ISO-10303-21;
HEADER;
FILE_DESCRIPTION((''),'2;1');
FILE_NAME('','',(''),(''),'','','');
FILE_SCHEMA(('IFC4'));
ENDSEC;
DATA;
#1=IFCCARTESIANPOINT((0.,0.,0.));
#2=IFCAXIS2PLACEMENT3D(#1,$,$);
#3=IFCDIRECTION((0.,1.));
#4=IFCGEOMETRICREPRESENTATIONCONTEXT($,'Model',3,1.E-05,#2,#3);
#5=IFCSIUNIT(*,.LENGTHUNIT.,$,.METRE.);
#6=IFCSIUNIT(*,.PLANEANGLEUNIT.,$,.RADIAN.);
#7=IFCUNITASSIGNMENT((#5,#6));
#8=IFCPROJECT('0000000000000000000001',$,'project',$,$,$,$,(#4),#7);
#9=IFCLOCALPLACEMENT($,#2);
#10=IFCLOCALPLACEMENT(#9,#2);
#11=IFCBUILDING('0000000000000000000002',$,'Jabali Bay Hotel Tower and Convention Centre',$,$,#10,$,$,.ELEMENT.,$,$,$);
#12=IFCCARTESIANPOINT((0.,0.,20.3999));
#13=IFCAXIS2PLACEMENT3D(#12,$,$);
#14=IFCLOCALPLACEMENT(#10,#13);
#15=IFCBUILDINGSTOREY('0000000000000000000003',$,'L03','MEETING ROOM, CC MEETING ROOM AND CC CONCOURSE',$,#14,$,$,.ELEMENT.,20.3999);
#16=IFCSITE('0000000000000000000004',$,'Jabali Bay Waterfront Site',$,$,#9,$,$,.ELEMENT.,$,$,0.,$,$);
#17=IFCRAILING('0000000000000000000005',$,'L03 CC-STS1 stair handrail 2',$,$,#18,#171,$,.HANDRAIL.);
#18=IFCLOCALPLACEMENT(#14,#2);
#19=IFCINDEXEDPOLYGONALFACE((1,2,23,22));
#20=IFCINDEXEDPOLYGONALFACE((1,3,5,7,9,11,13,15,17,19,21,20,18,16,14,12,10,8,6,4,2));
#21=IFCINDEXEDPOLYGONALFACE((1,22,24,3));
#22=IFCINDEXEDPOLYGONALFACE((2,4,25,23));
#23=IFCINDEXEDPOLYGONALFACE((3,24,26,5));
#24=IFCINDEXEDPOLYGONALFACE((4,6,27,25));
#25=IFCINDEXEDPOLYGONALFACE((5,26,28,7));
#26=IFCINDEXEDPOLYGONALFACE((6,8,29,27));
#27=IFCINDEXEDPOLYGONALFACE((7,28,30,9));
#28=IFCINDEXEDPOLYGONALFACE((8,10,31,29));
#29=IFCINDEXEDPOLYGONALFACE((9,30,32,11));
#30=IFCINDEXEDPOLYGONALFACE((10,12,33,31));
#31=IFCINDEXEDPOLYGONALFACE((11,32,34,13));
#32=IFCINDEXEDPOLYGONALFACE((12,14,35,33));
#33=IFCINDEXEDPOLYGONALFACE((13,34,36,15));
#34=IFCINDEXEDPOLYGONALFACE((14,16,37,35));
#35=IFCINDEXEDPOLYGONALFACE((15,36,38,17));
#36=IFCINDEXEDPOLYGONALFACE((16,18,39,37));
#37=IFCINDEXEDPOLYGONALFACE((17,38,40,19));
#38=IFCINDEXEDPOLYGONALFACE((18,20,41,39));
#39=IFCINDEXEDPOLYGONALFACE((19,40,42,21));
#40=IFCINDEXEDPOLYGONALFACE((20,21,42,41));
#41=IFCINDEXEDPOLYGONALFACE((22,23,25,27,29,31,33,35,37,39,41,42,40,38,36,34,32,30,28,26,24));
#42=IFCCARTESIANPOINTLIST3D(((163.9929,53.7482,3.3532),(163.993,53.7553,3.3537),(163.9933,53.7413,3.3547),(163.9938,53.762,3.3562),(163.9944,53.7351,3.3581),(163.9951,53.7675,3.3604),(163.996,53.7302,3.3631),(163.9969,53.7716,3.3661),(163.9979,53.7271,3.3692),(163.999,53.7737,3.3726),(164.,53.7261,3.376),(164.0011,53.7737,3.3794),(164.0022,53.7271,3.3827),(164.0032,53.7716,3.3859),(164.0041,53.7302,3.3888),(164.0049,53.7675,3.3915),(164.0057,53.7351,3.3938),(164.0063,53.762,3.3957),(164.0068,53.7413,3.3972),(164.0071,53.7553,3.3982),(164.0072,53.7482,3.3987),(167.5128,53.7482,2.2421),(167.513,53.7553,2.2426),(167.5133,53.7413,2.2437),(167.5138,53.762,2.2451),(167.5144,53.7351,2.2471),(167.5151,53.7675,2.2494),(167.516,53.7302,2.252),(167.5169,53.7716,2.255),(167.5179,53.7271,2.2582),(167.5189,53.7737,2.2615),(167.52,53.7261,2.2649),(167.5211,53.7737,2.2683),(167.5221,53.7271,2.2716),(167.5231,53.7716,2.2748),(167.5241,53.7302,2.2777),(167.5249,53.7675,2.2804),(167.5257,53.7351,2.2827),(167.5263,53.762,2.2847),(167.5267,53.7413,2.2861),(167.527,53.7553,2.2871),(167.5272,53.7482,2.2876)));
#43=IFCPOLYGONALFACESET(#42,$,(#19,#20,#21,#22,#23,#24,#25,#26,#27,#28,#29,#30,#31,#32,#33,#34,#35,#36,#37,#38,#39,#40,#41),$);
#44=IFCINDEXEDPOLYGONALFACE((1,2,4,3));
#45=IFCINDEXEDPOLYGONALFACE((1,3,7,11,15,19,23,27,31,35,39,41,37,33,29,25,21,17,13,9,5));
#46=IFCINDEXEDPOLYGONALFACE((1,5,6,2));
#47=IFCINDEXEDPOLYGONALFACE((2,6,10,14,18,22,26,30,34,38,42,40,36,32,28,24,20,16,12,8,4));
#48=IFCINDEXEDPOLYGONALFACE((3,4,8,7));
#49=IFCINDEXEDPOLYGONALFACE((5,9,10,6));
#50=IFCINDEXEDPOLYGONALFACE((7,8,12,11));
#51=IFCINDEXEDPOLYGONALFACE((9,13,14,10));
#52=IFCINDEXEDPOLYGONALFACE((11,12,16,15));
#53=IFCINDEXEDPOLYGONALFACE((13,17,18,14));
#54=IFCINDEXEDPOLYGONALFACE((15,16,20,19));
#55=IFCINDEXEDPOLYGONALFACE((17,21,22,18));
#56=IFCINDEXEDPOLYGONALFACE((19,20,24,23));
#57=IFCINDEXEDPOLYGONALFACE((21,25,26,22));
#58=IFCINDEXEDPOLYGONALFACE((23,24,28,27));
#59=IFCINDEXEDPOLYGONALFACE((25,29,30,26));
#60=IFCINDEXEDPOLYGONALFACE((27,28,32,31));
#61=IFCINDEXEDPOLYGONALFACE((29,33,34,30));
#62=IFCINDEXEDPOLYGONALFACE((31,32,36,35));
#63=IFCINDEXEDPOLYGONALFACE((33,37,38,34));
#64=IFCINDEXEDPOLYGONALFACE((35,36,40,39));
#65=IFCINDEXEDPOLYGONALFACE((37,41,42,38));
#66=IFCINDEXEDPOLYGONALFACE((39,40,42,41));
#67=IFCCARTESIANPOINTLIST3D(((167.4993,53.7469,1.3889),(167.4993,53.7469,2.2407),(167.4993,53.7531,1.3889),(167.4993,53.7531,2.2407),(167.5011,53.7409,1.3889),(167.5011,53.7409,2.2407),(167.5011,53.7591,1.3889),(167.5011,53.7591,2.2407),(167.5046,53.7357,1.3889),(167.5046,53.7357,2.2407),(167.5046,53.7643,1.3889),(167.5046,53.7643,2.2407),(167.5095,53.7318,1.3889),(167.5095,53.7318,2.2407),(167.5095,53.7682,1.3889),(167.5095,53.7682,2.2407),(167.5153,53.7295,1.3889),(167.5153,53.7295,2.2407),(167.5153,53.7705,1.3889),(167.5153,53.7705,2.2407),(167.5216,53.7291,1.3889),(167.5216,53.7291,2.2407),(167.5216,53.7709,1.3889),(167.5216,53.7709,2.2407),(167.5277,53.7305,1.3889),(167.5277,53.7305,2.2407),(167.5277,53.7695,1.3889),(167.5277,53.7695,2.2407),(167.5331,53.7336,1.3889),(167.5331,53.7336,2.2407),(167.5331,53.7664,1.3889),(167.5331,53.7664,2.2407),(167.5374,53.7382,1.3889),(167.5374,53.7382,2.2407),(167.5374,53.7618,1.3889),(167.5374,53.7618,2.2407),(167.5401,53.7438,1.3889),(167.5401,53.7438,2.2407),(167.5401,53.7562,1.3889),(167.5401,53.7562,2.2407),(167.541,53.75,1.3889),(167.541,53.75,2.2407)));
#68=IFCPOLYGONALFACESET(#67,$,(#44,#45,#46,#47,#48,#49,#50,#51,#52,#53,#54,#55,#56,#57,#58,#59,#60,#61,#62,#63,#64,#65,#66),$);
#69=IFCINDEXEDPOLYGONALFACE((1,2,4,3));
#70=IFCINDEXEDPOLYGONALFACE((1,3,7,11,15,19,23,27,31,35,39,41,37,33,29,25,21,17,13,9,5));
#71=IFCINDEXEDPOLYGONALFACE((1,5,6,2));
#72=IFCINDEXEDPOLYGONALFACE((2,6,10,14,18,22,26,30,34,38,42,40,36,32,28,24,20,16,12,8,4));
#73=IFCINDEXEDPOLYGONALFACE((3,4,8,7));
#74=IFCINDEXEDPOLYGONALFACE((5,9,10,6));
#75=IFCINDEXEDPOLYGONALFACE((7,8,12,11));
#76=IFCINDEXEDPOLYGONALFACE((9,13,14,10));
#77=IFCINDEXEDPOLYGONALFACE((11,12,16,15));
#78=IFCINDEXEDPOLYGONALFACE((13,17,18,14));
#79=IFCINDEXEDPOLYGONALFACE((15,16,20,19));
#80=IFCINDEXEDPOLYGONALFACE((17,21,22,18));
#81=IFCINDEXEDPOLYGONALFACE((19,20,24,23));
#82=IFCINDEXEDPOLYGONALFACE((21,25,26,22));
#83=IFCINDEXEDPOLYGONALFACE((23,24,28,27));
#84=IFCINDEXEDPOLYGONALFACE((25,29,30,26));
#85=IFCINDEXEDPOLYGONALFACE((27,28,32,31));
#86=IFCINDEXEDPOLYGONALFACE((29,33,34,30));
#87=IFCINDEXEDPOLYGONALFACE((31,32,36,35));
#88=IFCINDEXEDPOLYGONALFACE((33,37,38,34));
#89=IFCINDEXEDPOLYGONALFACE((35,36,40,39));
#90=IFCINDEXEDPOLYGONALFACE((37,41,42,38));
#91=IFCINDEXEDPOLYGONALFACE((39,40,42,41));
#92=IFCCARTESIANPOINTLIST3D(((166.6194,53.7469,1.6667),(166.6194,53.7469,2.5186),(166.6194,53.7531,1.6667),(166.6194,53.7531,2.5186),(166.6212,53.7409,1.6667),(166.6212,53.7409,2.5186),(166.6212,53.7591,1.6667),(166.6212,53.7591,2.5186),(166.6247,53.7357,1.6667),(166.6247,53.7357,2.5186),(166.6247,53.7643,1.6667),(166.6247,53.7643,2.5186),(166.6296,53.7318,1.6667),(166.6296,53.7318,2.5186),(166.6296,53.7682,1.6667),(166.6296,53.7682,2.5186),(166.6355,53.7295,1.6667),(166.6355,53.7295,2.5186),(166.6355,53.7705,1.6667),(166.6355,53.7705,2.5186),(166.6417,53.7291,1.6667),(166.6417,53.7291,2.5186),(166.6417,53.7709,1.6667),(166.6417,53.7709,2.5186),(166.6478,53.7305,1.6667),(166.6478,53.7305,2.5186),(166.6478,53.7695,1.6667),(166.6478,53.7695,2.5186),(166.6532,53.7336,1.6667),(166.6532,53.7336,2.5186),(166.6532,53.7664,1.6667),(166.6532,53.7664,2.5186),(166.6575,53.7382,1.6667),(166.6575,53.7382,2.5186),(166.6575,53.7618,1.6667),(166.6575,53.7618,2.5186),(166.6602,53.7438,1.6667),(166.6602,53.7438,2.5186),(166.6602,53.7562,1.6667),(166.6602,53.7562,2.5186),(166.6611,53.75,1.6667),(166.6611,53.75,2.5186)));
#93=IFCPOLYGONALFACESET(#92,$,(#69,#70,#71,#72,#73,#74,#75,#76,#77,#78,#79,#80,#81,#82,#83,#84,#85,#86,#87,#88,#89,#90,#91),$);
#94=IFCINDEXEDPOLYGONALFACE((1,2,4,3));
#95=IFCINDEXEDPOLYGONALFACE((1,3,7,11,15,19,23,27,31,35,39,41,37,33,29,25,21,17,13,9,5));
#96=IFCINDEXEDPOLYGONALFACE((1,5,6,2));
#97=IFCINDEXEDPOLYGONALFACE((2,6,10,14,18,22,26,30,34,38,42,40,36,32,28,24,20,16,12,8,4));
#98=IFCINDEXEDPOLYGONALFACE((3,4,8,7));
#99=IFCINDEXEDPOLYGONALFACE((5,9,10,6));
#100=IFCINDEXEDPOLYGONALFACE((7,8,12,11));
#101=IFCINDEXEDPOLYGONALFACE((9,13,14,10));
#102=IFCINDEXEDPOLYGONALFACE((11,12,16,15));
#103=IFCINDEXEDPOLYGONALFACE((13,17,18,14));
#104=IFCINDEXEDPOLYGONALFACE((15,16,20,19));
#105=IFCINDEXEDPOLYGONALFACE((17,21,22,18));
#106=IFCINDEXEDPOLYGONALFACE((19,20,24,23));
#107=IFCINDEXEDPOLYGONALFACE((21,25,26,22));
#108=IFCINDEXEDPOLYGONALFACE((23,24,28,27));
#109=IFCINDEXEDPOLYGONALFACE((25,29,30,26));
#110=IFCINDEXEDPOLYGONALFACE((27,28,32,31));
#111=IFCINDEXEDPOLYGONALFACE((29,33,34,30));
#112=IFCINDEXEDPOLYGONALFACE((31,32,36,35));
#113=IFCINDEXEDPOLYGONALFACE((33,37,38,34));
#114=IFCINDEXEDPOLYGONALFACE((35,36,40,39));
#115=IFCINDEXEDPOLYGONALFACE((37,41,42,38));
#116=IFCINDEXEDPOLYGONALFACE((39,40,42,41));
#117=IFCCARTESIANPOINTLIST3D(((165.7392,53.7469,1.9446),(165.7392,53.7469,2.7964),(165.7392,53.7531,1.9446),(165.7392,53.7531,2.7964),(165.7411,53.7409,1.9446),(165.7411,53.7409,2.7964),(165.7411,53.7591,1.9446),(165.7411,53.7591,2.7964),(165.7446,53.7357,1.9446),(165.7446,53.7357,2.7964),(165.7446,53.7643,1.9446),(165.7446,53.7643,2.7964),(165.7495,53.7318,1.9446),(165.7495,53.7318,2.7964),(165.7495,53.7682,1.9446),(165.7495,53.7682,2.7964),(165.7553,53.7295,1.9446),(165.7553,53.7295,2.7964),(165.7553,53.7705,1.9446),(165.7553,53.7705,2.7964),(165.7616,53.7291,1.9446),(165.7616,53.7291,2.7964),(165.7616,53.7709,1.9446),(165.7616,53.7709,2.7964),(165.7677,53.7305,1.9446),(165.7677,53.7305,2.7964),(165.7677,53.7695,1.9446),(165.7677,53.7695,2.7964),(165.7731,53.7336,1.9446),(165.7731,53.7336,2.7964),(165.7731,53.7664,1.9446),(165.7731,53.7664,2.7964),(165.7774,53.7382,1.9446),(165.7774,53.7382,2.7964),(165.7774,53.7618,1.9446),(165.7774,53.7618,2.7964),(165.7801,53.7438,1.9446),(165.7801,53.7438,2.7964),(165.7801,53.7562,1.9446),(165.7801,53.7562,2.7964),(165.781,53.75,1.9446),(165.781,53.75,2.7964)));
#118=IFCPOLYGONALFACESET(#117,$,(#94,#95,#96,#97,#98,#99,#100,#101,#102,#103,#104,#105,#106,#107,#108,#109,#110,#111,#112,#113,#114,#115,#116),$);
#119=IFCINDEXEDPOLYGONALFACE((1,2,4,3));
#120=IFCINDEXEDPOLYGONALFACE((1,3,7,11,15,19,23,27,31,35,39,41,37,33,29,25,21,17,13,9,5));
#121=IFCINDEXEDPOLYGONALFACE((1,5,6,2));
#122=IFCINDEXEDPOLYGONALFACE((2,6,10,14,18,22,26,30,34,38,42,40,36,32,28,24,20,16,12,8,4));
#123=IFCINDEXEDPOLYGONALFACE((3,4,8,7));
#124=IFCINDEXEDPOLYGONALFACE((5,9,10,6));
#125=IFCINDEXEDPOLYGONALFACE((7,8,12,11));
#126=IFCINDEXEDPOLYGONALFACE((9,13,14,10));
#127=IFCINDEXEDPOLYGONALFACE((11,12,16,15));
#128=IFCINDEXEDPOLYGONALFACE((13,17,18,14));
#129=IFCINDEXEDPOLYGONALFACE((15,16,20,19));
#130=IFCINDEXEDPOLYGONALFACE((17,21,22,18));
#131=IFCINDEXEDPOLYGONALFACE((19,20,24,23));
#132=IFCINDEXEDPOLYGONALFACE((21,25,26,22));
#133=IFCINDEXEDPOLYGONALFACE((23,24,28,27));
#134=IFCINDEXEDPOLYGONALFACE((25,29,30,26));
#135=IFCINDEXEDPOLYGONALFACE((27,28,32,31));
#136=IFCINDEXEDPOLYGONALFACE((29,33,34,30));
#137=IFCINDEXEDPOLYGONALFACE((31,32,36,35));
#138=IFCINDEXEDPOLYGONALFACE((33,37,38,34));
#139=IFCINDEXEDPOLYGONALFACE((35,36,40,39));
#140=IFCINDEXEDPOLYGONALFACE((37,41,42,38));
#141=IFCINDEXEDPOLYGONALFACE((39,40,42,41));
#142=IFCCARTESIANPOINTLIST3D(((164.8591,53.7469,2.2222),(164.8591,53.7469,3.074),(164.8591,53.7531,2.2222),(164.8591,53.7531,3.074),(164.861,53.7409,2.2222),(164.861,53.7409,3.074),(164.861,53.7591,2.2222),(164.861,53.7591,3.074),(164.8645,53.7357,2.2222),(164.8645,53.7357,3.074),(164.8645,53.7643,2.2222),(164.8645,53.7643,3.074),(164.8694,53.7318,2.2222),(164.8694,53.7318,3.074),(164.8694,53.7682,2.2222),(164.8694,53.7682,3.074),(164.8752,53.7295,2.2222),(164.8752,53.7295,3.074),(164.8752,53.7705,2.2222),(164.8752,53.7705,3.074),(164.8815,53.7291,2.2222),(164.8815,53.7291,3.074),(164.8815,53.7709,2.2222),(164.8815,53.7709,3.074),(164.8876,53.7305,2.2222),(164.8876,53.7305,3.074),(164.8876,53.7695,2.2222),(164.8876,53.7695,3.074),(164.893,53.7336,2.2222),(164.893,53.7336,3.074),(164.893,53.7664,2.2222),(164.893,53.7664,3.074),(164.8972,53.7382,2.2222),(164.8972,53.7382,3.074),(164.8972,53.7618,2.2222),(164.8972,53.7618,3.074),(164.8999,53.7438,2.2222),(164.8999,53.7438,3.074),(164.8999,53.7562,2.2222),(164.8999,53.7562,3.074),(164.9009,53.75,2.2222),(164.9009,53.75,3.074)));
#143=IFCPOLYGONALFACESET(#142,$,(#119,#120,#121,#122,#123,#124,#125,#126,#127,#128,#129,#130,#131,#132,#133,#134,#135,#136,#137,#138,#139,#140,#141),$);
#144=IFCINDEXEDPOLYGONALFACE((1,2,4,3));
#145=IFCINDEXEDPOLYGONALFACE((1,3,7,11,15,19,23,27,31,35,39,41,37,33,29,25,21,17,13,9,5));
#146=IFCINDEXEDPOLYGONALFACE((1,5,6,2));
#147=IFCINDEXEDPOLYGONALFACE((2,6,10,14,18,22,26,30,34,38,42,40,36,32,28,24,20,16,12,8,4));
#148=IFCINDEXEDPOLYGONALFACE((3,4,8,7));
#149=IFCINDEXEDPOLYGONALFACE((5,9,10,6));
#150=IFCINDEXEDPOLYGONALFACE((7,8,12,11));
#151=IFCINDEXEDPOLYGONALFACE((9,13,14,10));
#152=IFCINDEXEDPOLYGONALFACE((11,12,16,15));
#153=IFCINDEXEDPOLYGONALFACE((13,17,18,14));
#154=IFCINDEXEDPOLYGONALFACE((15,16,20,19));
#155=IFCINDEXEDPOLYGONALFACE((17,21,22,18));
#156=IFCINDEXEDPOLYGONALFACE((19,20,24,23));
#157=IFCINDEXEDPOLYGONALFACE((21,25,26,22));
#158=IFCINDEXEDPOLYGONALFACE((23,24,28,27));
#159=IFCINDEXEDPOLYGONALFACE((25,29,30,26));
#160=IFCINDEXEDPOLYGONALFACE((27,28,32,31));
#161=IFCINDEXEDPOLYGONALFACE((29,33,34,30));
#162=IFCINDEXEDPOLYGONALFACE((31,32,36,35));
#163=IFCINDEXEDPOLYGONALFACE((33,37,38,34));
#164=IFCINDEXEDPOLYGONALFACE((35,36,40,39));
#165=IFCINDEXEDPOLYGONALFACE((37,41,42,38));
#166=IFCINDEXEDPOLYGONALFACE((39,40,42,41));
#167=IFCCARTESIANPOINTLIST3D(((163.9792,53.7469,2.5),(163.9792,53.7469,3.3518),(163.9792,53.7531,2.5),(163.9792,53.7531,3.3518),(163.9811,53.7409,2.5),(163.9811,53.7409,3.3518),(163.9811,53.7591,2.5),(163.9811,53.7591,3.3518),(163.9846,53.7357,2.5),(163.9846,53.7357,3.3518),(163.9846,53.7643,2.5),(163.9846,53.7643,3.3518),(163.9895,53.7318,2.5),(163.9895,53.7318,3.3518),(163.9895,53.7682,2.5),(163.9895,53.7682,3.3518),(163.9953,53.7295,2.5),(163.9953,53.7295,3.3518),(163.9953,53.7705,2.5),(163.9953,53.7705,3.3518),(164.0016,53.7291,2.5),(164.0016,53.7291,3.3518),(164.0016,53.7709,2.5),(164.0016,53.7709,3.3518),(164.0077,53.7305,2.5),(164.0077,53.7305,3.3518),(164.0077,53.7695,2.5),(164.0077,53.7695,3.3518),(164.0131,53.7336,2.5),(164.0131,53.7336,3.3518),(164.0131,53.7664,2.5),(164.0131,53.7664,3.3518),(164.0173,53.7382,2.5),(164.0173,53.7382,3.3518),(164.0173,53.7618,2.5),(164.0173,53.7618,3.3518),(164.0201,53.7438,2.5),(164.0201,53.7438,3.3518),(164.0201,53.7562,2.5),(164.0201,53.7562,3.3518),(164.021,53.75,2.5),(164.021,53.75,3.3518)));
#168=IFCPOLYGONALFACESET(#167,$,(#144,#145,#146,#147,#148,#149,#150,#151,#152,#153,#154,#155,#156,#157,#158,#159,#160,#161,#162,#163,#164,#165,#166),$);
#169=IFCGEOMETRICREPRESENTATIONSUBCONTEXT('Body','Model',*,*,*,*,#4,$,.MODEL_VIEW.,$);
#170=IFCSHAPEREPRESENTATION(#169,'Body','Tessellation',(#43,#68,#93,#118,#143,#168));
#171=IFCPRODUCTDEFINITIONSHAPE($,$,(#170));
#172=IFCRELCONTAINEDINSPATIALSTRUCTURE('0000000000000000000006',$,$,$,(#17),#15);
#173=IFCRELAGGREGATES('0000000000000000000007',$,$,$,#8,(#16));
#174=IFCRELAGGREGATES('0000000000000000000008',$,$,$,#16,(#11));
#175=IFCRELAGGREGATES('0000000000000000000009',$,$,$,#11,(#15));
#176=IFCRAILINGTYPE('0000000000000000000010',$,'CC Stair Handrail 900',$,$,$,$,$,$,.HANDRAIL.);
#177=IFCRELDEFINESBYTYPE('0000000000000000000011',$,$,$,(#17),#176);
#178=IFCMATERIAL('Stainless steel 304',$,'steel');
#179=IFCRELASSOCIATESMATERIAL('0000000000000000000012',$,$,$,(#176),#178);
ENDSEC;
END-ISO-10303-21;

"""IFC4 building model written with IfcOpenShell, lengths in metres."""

from ifc_helpers import new_model, si_unit, direction, frame, origin, origin_2d, place, context, subcontext, project, spatial, circle, extrude, material, type_object, element, save


model = new_model("IFC4")

# Units and contexts
model_context = context("Model", 3, precision=1e-05, world=origin(), true_north=direction((0.0, 1.0)))
body_context = subcontext(model_context, "Body", "Model", "MODEL_VIEW")
ifc_project = project(units=[si_unit("LENGTHUNIT", "METRE"), si_unit("PLANEANGLEUNIT", "RADIAN")], contexts=[model_context])

# Site, building, storey
site_placement = place(None, origin())
site = spatial("IfcSite", under=ifc_project, at=site_placement, Name="Jabali Bay Waterfront Site", CompositionType="ELEMENT", RefElevation=0.0)
building_placement = place(site_placement, origin())
building = spatial("IfcBuilding", under=site, at=building_placement, Name="Jabali Bay Hotel Tower and Convention Centre", CompositionType="ELEMENT")
storey_placement = place(building_placement, frame((0.0, 0.0, 20.3999)))
storey = spatial("IfcBuildingStorey", under=building, at=storey_placement, Name="L03", Description="MEETING ROOM, CC MEETING ROOM AND CC CONCOURSE", CompositionType="ELEMENT", Elevation=20.3999)

# Railing
ifc_material_1 = material(Name="Stainless steel 304", Category="steel")
railing_type_1 = type_object("IfcRailingType", Name="CC Stair Handrail 900", PredefinedType="HANDRAIL", material=ifc_material_1)
for number, where, name in (
    (1, (167.52, 53.75, 1.3889), "L03 CC-STS1 stair handrail 2"),
):
    element("IfcRailing", number, at=place(storey_placement, frame(where)), inside=storey, type_object=railing_type_1, Name=name, PredefinedType="HANDRAIL", context=body_context, shape_type="SweptSolid", body=[
        extrude(circle(Radius=0.0239, at=origin_2d()), frame((0.0, 0.0, 0.876), z_axis=(-0.953622, 0.0, 0.301008), x_axis=(0.0, -1.0, 0.0)), (0.0, 0.0, 1.0), 3.6912),
        extrude(circle(Radius=0.021, at=origin_2d()), origin(), (0.0, 0.0, 1.0), 0.8518),
        extrude(circle(Radius=0.021, at=origin_2d()), frame((-0.8799, 0.0, 0.2778)), (0.0, 0.0, 1.0), 0.8518),
        extrude(circle(Radius=0.021, at=origin_2d()), frame((-1.76, 0.0, 0.5557)), (0.0, 0.0, 1.0), 0.8518),
        extrude(circle(Radius=0.021, at=origin_2d()), frame((-2.6401, 0.0, 0.8333)), (0.0, 0.0, 1.0), 0.8518),
        extrude(circle(Radius=0.021, at=origin_2d()), frame((-3.52, 0.0, 1.1111)), (0.0, 0.0, 1.0), 0.8518),
    ])

save(model, "model.ifc")
